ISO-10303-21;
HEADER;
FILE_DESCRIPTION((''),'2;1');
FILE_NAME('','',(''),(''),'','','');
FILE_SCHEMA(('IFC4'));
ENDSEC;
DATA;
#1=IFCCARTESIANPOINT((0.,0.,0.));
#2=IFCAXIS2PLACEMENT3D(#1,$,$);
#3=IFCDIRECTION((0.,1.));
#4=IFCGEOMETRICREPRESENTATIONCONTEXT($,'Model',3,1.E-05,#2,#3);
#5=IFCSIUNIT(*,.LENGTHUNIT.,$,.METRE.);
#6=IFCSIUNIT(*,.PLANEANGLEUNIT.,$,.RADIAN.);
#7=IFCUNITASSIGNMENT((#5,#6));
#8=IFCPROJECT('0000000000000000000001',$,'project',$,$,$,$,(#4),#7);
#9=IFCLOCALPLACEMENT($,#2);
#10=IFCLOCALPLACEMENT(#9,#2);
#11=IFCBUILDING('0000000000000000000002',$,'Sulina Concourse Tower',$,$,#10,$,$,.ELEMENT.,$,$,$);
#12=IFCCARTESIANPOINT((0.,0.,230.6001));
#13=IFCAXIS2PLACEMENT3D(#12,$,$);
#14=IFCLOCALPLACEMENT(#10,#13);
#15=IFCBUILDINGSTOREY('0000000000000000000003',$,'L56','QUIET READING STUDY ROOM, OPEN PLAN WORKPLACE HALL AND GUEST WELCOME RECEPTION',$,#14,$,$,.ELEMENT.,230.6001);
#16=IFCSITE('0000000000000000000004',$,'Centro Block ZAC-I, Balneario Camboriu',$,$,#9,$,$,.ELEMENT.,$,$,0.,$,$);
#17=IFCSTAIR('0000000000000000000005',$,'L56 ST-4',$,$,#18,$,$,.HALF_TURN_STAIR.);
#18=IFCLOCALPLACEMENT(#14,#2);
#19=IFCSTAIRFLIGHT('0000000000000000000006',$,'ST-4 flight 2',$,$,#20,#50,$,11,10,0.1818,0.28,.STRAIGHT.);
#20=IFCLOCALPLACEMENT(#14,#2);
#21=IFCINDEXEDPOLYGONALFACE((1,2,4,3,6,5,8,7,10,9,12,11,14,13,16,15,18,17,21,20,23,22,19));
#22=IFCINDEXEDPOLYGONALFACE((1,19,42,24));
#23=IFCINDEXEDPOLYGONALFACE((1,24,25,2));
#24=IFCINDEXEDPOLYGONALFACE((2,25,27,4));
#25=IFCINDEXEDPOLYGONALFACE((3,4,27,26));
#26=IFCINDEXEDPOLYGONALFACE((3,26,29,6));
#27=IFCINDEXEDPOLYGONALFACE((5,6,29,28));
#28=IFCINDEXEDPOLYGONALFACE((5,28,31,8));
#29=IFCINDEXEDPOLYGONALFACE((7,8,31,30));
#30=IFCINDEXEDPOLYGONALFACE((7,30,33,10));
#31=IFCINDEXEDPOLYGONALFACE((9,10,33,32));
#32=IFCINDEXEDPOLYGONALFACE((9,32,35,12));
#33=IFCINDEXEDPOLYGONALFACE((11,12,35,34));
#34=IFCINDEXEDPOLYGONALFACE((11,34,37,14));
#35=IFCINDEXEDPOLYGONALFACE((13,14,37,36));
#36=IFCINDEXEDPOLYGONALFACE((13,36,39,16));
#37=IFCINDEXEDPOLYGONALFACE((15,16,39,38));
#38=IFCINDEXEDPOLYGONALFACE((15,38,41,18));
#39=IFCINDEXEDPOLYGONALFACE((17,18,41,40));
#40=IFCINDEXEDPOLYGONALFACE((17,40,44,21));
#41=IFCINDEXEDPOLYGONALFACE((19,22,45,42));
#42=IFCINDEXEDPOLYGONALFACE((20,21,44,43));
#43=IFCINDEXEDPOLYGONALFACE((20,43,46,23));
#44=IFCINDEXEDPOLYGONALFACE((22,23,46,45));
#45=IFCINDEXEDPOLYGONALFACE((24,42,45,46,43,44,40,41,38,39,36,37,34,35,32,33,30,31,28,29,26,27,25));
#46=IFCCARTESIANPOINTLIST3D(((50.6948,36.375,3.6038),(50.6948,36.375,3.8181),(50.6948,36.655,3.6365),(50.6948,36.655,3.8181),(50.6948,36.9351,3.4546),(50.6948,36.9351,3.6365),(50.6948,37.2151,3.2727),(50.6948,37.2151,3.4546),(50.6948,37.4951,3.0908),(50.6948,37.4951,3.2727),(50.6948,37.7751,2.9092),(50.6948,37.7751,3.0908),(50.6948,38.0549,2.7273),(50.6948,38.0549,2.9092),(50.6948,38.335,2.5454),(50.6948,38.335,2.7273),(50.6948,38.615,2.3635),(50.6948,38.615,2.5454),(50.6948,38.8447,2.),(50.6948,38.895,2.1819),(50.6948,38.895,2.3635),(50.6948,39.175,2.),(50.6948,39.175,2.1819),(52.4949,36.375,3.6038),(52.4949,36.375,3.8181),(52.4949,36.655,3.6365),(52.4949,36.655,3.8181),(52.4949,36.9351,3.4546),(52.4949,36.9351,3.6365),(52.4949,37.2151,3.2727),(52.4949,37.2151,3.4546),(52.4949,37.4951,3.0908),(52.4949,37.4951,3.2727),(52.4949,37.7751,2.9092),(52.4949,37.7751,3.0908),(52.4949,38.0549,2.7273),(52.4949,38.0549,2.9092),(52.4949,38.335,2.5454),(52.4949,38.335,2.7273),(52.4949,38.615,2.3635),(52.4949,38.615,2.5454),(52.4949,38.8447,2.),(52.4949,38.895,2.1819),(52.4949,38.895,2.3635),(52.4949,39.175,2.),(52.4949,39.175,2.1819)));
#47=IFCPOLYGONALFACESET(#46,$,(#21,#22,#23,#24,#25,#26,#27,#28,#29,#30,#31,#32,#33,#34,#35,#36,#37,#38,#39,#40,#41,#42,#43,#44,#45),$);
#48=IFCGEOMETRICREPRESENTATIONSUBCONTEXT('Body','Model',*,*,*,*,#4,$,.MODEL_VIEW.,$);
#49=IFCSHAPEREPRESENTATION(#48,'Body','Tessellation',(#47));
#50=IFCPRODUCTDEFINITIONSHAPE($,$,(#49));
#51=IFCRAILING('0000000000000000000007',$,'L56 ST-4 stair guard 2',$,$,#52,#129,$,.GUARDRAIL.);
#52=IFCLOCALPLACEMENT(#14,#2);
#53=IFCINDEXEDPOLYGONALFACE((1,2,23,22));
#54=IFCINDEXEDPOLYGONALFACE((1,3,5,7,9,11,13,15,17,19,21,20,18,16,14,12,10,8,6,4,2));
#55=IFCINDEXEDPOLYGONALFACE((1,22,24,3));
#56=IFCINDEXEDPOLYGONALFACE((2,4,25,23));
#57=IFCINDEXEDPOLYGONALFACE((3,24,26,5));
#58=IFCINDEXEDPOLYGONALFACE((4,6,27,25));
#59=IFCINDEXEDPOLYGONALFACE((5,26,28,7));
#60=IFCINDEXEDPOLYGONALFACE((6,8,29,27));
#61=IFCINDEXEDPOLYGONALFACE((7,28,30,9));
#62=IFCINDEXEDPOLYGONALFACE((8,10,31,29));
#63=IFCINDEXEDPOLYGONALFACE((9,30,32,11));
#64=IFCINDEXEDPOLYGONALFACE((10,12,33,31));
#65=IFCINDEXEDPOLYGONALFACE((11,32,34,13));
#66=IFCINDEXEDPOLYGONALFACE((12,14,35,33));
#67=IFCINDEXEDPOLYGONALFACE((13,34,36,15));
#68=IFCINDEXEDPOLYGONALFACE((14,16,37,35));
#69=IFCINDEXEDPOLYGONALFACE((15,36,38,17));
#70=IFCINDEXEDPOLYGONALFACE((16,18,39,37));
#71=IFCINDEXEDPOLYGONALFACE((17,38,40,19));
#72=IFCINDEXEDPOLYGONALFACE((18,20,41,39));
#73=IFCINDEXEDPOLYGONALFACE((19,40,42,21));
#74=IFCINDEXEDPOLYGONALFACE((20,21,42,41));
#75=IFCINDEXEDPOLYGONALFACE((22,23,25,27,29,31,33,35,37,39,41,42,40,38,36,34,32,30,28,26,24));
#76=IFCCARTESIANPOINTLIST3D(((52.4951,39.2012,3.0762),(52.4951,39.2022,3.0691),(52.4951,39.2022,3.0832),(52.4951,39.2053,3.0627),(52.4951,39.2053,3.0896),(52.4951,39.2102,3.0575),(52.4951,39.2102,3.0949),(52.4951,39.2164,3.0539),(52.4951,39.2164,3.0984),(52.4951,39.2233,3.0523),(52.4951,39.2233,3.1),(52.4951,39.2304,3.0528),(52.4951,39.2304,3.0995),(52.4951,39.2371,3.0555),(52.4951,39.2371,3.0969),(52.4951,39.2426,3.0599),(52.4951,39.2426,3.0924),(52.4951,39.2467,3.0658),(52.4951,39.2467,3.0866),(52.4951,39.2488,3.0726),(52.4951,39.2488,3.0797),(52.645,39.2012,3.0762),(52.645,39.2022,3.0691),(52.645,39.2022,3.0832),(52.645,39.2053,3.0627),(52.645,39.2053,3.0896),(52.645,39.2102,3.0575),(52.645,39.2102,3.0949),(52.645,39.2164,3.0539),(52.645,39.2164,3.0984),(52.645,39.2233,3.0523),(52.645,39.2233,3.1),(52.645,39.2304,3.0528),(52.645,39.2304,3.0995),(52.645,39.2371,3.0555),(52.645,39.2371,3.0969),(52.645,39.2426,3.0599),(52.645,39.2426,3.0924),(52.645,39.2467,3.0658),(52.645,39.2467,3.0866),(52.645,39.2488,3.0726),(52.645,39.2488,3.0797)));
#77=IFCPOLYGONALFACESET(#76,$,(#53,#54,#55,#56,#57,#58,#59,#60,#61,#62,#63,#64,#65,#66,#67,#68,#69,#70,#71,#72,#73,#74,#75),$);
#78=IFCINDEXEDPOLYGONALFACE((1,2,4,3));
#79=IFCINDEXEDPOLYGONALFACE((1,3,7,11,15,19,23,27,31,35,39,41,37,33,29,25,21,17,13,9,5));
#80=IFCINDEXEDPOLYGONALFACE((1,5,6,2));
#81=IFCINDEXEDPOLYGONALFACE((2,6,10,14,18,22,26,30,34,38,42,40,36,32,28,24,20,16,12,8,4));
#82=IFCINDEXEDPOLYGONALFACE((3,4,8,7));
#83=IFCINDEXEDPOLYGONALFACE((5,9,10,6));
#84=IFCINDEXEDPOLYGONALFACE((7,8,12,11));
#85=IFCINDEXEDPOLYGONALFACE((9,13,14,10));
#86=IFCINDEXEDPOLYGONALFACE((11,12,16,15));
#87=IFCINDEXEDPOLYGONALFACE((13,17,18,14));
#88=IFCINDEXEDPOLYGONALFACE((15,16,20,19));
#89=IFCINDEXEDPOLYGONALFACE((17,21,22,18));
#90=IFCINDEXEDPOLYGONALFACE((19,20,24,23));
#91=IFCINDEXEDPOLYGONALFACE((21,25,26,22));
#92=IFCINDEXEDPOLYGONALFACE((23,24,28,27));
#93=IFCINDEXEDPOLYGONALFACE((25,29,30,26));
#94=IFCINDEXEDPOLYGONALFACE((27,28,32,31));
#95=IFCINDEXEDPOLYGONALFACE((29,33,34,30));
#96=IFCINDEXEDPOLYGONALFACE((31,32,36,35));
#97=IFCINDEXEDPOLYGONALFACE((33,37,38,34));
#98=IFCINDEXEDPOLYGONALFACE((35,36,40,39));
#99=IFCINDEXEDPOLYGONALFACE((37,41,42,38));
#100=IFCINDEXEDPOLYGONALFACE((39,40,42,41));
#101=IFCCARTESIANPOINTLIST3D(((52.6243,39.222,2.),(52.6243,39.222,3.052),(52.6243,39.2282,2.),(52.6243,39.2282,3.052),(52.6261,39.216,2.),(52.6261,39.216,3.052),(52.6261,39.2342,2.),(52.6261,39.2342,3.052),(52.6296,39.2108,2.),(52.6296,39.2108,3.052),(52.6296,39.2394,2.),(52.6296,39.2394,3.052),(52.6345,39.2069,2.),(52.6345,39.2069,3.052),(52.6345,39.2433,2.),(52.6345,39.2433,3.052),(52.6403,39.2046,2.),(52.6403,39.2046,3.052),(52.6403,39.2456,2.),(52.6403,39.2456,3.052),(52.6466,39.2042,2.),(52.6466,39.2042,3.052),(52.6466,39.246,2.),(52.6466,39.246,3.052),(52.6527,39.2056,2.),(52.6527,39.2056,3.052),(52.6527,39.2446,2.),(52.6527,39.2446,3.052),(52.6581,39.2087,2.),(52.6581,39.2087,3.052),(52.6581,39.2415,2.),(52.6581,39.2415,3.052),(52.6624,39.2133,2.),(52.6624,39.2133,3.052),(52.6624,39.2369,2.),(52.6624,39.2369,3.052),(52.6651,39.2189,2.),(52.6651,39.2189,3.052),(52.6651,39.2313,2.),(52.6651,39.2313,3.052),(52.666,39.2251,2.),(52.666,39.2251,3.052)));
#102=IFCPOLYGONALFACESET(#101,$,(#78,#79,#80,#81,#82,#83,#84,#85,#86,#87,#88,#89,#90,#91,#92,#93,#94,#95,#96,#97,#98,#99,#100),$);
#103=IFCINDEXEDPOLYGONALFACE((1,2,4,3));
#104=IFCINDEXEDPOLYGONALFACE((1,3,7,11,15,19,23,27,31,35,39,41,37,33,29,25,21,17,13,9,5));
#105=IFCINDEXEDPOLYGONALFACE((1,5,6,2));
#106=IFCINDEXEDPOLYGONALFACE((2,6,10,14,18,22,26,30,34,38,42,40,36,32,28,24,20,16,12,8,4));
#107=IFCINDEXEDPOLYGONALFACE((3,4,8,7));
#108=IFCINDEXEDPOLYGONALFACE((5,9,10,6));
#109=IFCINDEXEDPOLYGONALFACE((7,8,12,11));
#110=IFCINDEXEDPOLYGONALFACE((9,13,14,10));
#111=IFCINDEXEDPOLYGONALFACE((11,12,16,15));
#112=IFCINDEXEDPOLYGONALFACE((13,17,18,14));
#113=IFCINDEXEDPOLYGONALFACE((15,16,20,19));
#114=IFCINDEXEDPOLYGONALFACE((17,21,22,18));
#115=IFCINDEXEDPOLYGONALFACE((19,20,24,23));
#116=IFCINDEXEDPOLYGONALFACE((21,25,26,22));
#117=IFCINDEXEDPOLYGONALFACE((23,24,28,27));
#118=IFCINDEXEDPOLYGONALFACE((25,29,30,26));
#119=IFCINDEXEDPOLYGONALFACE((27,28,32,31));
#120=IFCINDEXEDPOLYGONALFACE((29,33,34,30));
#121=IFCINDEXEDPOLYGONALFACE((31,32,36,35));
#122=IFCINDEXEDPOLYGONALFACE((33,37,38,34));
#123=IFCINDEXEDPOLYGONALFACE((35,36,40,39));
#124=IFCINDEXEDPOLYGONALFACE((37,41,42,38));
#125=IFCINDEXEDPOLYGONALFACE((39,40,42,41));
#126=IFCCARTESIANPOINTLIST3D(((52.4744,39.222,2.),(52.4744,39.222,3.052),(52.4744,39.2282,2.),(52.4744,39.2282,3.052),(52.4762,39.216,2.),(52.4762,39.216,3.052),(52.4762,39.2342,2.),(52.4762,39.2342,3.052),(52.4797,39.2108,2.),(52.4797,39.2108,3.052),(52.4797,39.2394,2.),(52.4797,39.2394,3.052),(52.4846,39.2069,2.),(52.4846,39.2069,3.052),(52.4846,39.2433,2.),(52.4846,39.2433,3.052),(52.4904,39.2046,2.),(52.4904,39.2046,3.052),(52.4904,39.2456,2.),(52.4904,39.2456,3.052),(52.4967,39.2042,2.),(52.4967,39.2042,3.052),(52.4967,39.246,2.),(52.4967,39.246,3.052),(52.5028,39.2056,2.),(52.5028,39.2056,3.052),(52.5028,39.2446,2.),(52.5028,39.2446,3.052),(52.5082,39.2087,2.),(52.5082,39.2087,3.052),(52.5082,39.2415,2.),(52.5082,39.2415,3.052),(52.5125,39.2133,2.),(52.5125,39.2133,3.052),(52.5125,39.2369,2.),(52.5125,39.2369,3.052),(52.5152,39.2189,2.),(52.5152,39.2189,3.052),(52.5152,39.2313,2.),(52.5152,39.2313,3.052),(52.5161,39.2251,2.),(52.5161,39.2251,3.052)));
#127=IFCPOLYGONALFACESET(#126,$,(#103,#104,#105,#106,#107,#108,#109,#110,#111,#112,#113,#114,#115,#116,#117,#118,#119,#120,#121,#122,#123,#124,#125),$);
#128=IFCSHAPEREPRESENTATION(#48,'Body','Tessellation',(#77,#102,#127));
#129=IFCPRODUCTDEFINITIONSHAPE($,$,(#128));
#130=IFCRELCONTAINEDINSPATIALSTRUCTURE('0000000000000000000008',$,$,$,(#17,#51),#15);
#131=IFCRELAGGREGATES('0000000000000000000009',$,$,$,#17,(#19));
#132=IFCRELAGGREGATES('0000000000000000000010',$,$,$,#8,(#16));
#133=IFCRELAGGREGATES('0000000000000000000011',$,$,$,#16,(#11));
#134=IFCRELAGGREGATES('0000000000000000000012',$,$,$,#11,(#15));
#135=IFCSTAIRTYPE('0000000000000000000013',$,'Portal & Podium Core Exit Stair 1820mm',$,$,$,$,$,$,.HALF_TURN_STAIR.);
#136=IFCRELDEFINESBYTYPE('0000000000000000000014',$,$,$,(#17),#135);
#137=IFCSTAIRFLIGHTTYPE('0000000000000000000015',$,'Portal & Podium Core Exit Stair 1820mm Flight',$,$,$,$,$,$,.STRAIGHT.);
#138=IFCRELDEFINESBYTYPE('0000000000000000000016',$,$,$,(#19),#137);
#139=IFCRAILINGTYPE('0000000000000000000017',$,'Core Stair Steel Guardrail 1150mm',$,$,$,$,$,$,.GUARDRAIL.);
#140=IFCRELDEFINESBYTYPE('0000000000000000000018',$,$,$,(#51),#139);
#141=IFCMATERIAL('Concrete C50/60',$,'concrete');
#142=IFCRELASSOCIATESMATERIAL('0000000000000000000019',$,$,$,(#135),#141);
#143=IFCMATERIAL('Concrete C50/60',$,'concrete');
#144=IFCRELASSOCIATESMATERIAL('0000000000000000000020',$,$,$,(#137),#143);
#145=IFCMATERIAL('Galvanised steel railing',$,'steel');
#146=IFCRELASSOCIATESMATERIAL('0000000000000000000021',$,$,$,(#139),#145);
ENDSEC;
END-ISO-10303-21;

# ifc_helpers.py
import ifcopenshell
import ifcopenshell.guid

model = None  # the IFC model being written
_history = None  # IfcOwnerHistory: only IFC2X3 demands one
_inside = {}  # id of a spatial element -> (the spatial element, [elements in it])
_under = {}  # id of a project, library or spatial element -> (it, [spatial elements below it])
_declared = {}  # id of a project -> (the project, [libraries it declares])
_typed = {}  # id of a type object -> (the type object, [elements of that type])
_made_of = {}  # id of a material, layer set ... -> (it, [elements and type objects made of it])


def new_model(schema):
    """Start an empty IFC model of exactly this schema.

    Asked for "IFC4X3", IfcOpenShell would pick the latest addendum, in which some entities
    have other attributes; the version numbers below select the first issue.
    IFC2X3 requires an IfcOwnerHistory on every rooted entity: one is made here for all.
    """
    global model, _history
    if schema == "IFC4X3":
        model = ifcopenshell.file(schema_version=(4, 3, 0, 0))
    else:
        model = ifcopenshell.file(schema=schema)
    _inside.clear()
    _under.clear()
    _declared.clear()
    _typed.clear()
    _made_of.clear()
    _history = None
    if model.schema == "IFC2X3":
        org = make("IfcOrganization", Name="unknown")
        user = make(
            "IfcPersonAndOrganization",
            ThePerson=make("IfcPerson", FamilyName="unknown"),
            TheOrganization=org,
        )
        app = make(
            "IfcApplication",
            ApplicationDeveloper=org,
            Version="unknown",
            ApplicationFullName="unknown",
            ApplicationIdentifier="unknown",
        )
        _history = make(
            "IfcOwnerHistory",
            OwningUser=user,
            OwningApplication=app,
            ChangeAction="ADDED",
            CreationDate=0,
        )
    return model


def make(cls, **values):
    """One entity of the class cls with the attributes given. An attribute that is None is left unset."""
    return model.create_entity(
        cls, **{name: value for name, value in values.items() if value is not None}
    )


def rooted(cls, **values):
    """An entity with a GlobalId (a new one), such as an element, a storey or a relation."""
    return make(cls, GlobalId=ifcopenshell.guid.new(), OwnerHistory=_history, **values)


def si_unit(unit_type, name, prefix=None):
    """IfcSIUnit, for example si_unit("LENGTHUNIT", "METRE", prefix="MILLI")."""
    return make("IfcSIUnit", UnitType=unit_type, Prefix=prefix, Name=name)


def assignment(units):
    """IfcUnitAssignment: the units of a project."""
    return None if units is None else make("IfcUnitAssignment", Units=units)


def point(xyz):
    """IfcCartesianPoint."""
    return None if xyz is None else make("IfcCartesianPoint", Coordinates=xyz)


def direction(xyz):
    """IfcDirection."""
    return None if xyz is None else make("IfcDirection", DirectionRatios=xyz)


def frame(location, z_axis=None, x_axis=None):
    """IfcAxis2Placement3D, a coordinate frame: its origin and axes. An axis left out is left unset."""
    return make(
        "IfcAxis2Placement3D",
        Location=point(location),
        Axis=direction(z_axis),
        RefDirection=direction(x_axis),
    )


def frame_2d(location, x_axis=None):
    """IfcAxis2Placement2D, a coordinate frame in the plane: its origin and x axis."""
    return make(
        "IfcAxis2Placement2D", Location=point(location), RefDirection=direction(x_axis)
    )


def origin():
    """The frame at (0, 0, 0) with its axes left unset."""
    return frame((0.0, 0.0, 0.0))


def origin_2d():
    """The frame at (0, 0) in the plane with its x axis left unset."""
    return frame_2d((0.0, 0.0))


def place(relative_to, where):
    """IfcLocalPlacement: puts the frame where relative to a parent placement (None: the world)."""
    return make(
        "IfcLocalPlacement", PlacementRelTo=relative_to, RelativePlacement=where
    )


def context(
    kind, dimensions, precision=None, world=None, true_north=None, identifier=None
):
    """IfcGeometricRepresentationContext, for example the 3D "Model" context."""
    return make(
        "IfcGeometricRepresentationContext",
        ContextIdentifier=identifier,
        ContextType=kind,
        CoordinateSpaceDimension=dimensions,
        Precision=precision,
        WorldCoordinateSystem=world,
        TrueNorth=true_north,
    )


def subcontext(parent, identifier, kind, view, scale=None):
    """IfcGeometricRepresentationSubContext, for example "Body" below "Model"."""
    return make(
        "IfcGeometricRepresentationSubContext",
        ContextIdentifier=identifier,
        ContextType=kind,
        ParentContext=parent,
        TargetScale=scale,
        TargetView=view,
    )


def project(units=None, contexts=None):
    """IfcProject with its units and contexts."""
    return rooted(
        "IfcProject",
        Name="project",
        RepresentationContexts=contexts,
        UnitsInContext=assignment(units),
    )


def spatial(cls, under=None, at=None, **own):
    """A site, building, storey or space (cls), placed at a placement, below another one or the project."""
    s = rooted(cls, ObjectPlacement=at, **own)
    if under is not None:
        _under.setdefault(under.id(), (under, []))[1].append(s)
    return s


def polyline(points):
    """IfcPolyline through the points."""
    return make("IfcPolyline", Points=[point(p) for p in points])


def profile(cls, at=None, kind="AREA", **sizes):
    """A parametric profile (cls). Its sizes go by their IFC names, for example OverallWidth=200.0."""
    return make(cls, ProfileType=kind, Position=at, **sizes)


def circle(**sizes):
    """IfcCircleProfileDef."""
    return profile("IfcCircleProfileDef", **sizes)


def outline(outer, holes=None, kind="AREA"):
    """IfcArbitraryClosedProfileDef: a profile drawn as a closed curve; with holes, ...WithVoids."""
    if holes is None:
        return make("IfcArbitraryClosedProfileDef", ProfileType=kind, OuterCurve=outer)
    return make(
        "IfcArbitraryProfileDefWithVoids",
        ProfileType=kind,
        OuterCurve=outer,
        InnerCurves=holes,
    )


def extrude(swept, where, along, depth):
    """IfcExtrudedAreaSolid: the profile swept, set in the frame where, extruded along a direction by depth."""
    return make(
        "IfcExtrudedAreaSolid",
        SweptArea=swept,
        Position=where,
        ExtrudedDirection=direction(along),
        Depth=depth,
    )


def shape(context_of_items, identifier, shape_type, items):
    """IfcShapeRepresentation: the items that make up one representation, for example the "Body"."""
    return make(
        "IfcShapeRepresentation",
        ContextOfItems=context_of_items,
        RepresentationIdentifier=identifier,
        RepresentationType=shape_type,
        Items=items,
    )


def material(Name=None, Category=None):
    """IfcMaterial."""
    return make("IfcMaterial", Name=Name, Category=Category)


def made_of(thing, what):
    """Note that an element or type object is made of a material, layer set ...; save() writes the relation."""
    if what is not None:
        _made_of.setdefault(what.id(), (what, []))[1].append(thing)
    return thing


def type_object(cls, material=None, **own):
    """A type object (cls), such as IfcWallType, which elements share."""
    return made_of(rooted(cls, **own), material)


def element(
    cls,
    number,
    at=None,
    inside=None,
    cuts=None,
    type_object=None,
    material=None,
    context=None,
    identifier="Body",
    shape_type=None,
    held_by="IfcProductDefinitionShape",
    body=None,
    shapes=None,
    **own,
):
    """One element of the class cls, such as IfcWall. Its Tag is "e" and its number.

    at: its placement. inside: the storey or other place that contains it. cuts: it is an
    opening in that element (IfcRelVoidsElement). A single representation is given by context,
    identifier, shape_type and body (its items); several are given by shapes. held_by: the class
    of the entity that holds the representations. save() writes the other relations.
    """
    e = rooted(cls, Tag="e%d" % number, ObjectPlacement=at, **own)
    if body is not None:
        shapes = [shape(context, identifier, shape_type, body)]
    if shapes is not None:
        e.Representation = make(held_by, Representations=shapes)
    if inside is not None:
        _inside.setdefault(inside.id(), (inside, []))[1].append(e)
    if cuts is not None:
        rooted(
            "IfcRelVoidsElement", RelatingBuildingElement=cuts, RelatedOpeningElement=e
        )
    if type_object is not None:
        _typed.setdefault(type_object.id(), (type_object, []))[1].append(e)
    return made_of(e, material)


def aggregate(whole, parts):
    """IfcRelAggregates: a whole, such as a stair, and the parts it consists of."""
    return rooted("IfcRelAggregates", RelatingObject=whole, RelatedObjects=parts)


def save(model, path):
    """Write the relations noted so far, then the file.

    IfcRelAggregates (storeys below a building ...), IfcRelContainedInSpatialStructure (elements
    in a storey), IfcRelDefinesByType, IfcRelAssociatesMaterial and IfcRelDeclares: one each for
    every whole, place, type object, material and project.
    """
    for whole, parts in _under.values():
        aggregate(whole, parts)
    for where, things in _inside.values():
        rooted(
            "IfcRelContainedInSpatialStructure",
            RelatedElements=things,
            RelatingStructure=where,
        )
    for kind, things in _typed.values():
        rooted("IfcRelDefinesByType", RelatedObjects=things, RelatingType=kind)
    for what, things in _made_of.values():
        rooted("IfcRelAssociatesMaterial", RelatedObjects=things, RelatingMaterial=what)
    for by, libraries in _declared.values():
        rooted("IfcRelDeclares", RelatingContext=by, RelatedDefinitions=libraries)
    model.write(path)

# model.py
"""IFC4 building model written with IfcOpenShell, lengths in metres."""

from ifc_helpers import new_model, si_unit, direction, frame, origin, origin_2d, place, context, subcontext, project, spatial, polyline, circle, outline, extrude, material, type_object, element, aggregate, save


model = new_model("IFC4")

# Units and contexts
model_context = context("Model", 3, precision=1e-05, world=origin(), true_north=direction((0.0, 1.0)))
body_context = subcontext(model_context, "Body", "Model", "MODEL_VIEW")
ifc_project = project(units=[si_unit("LENGTHUNIT", "METRE"), si_unit("PLANEANGLEUNIT", "RADIAN")], contexts=[model_context])

# Site, building, storey
site_placement = place(None, origin())
site = spatial("IfcSite", under=ifc_project, at=site_placement, Name="Centro Block ZAC-I, Balneario Camboriu", CompositionType="ELEMENT", RefElevation=0.0)
building_placement = place(site_placement, origin())
building = spatial("IfcBuilding", under=site, at=building_placement, Name="Sulina Concourse Tower", CompositionType="ELEMENT")
storey_placement = place(building_placement, frame((0.0, 0.0, 230.6001)))
storey = spatial("IfcBuildingStorey", under=building, at=storey_placement, Name="L56", Description="QUIET READING STUDY ROOM, OPEN PLAN WORKPLACE HALL AND GUEST WELCOME RECEPTION", CompositionType="ELEMENT", Elevation=230.6001)

# Stair, stair flight
ifc_material_1 = material(Name="Concrete C50/60", Category="concrete")
stair_type = type_object("IfcStairType", Name="Portal & Podium Core Exit Stair 1820mm", PredefinedType="HALF_TURN_STAIR", material=ifc_material_1)
stair_placement = place(storey_placement, origin())
stair = element("IfcStair", 1, at=stair_placement, inside=storey, type_object=stair_type, Name="L56 ST-4", PredefinedType="HALF_TURN_STAIR")
ifc_material_2 = material(Name="Concrete C50/60", Category="concrete")
stair_flight_type = type_object("IfcStairFlightType", Name="Portal & Podium Core Exit Stair 1820mm Flight", PredefinedType="STRAIGHT", material=ifc_material_2)
stair_flight_placement = place(storey_placement, frame((51.595, 39.175, 2.0), z_axis=(0.0, 0.0, 1.0), x_axis=(0.0, -1.0, 0.0)))
stair_flight = element("IfcStairFlight", 2, at=stair_flight_placement, type_object=stair_flight_type, Name="ST-4 flight 2", NumberOfRisers=11, NumberOfTreads=10, PredefinedType="STRAIGHT", RiserHeight=0.1818, TreadLength=0.28, context=body_context, shape_type="SweptSolid", body=[
    extrude(outline(polyline([(0.0, 0.0), (0.0, 0.1819), (0.28, 0.1819), (0.28, 0.3635), (0.5601, 0.3635), (0.5601, 0.5454), (0.8401, 0.5454), (0.8401, 0.7273), (1.1201, 0.7273), (1.1201, 0.9092), (1.3999, 0.9092), (1.3999, 1.0908), (1.6799, 1.0908), (1.6799, 1.2727), (1.96, 1.2727), (1.96, 1.4546), (2.24, 1.4546), (2.24, 1.6365), (2.52, 1.6365), (2.52, 1.8181), (2.8, 1.8181), (2.8, 2.0), (2.8, 1.6038), (0.3303, 0.0), (0.0, 0.0)])), frame((0.0, 0.8999, 0.0), z_axis=(0.0, -1.0, 0.0), x_axis=(1.0, 0.0, 0.0)), (0.0, 0.0, 1.0), 1.8),
])
aggregate(stair, [stair_flight])

# Railing
ifc_material_3 = material(Name="Galvanised steel railing", Category="steel")
railing_type_1 = type_object("IfcRailingType", Name="Core Stair Steel Guardrail 1150mm", PredefinedType="GUARDRAIL", material=ifc_material_3)
railing_1_placement = place(storey_placement, frame((52.645, 39.2251, 2.0)))
element("IfcRailing", 3, at=railing_1_placement, inside=storey, type_object=railing_type_1, Name="L56 ST-4 stair guard 2", PredefinedType="GUARDRAIL", context=body_context, shape_type="SweptSolid", body=[
    extrude(circle(Radius=0.0239, at=origin_2d()), frame((0.0, 0.0, 1.0762), z_axis=(-1.0, 0.0, 0.0), x_axis=(0.0, -1.0, 0.0)), (0.0, 0.0, 1.0), 0.1499),
    extrude(circle(Radius=0.021, at=origin_2d()), origin(), (0.0, 0.0, 1.0), 1.052),
    extrude(circle(Radius=0.021, at=origin_2d()), frame((-0.1499, 0.0, 0.0)), (0.0, 0.0, 1.0), 1.052),
])

save(model, "model.ifc")
